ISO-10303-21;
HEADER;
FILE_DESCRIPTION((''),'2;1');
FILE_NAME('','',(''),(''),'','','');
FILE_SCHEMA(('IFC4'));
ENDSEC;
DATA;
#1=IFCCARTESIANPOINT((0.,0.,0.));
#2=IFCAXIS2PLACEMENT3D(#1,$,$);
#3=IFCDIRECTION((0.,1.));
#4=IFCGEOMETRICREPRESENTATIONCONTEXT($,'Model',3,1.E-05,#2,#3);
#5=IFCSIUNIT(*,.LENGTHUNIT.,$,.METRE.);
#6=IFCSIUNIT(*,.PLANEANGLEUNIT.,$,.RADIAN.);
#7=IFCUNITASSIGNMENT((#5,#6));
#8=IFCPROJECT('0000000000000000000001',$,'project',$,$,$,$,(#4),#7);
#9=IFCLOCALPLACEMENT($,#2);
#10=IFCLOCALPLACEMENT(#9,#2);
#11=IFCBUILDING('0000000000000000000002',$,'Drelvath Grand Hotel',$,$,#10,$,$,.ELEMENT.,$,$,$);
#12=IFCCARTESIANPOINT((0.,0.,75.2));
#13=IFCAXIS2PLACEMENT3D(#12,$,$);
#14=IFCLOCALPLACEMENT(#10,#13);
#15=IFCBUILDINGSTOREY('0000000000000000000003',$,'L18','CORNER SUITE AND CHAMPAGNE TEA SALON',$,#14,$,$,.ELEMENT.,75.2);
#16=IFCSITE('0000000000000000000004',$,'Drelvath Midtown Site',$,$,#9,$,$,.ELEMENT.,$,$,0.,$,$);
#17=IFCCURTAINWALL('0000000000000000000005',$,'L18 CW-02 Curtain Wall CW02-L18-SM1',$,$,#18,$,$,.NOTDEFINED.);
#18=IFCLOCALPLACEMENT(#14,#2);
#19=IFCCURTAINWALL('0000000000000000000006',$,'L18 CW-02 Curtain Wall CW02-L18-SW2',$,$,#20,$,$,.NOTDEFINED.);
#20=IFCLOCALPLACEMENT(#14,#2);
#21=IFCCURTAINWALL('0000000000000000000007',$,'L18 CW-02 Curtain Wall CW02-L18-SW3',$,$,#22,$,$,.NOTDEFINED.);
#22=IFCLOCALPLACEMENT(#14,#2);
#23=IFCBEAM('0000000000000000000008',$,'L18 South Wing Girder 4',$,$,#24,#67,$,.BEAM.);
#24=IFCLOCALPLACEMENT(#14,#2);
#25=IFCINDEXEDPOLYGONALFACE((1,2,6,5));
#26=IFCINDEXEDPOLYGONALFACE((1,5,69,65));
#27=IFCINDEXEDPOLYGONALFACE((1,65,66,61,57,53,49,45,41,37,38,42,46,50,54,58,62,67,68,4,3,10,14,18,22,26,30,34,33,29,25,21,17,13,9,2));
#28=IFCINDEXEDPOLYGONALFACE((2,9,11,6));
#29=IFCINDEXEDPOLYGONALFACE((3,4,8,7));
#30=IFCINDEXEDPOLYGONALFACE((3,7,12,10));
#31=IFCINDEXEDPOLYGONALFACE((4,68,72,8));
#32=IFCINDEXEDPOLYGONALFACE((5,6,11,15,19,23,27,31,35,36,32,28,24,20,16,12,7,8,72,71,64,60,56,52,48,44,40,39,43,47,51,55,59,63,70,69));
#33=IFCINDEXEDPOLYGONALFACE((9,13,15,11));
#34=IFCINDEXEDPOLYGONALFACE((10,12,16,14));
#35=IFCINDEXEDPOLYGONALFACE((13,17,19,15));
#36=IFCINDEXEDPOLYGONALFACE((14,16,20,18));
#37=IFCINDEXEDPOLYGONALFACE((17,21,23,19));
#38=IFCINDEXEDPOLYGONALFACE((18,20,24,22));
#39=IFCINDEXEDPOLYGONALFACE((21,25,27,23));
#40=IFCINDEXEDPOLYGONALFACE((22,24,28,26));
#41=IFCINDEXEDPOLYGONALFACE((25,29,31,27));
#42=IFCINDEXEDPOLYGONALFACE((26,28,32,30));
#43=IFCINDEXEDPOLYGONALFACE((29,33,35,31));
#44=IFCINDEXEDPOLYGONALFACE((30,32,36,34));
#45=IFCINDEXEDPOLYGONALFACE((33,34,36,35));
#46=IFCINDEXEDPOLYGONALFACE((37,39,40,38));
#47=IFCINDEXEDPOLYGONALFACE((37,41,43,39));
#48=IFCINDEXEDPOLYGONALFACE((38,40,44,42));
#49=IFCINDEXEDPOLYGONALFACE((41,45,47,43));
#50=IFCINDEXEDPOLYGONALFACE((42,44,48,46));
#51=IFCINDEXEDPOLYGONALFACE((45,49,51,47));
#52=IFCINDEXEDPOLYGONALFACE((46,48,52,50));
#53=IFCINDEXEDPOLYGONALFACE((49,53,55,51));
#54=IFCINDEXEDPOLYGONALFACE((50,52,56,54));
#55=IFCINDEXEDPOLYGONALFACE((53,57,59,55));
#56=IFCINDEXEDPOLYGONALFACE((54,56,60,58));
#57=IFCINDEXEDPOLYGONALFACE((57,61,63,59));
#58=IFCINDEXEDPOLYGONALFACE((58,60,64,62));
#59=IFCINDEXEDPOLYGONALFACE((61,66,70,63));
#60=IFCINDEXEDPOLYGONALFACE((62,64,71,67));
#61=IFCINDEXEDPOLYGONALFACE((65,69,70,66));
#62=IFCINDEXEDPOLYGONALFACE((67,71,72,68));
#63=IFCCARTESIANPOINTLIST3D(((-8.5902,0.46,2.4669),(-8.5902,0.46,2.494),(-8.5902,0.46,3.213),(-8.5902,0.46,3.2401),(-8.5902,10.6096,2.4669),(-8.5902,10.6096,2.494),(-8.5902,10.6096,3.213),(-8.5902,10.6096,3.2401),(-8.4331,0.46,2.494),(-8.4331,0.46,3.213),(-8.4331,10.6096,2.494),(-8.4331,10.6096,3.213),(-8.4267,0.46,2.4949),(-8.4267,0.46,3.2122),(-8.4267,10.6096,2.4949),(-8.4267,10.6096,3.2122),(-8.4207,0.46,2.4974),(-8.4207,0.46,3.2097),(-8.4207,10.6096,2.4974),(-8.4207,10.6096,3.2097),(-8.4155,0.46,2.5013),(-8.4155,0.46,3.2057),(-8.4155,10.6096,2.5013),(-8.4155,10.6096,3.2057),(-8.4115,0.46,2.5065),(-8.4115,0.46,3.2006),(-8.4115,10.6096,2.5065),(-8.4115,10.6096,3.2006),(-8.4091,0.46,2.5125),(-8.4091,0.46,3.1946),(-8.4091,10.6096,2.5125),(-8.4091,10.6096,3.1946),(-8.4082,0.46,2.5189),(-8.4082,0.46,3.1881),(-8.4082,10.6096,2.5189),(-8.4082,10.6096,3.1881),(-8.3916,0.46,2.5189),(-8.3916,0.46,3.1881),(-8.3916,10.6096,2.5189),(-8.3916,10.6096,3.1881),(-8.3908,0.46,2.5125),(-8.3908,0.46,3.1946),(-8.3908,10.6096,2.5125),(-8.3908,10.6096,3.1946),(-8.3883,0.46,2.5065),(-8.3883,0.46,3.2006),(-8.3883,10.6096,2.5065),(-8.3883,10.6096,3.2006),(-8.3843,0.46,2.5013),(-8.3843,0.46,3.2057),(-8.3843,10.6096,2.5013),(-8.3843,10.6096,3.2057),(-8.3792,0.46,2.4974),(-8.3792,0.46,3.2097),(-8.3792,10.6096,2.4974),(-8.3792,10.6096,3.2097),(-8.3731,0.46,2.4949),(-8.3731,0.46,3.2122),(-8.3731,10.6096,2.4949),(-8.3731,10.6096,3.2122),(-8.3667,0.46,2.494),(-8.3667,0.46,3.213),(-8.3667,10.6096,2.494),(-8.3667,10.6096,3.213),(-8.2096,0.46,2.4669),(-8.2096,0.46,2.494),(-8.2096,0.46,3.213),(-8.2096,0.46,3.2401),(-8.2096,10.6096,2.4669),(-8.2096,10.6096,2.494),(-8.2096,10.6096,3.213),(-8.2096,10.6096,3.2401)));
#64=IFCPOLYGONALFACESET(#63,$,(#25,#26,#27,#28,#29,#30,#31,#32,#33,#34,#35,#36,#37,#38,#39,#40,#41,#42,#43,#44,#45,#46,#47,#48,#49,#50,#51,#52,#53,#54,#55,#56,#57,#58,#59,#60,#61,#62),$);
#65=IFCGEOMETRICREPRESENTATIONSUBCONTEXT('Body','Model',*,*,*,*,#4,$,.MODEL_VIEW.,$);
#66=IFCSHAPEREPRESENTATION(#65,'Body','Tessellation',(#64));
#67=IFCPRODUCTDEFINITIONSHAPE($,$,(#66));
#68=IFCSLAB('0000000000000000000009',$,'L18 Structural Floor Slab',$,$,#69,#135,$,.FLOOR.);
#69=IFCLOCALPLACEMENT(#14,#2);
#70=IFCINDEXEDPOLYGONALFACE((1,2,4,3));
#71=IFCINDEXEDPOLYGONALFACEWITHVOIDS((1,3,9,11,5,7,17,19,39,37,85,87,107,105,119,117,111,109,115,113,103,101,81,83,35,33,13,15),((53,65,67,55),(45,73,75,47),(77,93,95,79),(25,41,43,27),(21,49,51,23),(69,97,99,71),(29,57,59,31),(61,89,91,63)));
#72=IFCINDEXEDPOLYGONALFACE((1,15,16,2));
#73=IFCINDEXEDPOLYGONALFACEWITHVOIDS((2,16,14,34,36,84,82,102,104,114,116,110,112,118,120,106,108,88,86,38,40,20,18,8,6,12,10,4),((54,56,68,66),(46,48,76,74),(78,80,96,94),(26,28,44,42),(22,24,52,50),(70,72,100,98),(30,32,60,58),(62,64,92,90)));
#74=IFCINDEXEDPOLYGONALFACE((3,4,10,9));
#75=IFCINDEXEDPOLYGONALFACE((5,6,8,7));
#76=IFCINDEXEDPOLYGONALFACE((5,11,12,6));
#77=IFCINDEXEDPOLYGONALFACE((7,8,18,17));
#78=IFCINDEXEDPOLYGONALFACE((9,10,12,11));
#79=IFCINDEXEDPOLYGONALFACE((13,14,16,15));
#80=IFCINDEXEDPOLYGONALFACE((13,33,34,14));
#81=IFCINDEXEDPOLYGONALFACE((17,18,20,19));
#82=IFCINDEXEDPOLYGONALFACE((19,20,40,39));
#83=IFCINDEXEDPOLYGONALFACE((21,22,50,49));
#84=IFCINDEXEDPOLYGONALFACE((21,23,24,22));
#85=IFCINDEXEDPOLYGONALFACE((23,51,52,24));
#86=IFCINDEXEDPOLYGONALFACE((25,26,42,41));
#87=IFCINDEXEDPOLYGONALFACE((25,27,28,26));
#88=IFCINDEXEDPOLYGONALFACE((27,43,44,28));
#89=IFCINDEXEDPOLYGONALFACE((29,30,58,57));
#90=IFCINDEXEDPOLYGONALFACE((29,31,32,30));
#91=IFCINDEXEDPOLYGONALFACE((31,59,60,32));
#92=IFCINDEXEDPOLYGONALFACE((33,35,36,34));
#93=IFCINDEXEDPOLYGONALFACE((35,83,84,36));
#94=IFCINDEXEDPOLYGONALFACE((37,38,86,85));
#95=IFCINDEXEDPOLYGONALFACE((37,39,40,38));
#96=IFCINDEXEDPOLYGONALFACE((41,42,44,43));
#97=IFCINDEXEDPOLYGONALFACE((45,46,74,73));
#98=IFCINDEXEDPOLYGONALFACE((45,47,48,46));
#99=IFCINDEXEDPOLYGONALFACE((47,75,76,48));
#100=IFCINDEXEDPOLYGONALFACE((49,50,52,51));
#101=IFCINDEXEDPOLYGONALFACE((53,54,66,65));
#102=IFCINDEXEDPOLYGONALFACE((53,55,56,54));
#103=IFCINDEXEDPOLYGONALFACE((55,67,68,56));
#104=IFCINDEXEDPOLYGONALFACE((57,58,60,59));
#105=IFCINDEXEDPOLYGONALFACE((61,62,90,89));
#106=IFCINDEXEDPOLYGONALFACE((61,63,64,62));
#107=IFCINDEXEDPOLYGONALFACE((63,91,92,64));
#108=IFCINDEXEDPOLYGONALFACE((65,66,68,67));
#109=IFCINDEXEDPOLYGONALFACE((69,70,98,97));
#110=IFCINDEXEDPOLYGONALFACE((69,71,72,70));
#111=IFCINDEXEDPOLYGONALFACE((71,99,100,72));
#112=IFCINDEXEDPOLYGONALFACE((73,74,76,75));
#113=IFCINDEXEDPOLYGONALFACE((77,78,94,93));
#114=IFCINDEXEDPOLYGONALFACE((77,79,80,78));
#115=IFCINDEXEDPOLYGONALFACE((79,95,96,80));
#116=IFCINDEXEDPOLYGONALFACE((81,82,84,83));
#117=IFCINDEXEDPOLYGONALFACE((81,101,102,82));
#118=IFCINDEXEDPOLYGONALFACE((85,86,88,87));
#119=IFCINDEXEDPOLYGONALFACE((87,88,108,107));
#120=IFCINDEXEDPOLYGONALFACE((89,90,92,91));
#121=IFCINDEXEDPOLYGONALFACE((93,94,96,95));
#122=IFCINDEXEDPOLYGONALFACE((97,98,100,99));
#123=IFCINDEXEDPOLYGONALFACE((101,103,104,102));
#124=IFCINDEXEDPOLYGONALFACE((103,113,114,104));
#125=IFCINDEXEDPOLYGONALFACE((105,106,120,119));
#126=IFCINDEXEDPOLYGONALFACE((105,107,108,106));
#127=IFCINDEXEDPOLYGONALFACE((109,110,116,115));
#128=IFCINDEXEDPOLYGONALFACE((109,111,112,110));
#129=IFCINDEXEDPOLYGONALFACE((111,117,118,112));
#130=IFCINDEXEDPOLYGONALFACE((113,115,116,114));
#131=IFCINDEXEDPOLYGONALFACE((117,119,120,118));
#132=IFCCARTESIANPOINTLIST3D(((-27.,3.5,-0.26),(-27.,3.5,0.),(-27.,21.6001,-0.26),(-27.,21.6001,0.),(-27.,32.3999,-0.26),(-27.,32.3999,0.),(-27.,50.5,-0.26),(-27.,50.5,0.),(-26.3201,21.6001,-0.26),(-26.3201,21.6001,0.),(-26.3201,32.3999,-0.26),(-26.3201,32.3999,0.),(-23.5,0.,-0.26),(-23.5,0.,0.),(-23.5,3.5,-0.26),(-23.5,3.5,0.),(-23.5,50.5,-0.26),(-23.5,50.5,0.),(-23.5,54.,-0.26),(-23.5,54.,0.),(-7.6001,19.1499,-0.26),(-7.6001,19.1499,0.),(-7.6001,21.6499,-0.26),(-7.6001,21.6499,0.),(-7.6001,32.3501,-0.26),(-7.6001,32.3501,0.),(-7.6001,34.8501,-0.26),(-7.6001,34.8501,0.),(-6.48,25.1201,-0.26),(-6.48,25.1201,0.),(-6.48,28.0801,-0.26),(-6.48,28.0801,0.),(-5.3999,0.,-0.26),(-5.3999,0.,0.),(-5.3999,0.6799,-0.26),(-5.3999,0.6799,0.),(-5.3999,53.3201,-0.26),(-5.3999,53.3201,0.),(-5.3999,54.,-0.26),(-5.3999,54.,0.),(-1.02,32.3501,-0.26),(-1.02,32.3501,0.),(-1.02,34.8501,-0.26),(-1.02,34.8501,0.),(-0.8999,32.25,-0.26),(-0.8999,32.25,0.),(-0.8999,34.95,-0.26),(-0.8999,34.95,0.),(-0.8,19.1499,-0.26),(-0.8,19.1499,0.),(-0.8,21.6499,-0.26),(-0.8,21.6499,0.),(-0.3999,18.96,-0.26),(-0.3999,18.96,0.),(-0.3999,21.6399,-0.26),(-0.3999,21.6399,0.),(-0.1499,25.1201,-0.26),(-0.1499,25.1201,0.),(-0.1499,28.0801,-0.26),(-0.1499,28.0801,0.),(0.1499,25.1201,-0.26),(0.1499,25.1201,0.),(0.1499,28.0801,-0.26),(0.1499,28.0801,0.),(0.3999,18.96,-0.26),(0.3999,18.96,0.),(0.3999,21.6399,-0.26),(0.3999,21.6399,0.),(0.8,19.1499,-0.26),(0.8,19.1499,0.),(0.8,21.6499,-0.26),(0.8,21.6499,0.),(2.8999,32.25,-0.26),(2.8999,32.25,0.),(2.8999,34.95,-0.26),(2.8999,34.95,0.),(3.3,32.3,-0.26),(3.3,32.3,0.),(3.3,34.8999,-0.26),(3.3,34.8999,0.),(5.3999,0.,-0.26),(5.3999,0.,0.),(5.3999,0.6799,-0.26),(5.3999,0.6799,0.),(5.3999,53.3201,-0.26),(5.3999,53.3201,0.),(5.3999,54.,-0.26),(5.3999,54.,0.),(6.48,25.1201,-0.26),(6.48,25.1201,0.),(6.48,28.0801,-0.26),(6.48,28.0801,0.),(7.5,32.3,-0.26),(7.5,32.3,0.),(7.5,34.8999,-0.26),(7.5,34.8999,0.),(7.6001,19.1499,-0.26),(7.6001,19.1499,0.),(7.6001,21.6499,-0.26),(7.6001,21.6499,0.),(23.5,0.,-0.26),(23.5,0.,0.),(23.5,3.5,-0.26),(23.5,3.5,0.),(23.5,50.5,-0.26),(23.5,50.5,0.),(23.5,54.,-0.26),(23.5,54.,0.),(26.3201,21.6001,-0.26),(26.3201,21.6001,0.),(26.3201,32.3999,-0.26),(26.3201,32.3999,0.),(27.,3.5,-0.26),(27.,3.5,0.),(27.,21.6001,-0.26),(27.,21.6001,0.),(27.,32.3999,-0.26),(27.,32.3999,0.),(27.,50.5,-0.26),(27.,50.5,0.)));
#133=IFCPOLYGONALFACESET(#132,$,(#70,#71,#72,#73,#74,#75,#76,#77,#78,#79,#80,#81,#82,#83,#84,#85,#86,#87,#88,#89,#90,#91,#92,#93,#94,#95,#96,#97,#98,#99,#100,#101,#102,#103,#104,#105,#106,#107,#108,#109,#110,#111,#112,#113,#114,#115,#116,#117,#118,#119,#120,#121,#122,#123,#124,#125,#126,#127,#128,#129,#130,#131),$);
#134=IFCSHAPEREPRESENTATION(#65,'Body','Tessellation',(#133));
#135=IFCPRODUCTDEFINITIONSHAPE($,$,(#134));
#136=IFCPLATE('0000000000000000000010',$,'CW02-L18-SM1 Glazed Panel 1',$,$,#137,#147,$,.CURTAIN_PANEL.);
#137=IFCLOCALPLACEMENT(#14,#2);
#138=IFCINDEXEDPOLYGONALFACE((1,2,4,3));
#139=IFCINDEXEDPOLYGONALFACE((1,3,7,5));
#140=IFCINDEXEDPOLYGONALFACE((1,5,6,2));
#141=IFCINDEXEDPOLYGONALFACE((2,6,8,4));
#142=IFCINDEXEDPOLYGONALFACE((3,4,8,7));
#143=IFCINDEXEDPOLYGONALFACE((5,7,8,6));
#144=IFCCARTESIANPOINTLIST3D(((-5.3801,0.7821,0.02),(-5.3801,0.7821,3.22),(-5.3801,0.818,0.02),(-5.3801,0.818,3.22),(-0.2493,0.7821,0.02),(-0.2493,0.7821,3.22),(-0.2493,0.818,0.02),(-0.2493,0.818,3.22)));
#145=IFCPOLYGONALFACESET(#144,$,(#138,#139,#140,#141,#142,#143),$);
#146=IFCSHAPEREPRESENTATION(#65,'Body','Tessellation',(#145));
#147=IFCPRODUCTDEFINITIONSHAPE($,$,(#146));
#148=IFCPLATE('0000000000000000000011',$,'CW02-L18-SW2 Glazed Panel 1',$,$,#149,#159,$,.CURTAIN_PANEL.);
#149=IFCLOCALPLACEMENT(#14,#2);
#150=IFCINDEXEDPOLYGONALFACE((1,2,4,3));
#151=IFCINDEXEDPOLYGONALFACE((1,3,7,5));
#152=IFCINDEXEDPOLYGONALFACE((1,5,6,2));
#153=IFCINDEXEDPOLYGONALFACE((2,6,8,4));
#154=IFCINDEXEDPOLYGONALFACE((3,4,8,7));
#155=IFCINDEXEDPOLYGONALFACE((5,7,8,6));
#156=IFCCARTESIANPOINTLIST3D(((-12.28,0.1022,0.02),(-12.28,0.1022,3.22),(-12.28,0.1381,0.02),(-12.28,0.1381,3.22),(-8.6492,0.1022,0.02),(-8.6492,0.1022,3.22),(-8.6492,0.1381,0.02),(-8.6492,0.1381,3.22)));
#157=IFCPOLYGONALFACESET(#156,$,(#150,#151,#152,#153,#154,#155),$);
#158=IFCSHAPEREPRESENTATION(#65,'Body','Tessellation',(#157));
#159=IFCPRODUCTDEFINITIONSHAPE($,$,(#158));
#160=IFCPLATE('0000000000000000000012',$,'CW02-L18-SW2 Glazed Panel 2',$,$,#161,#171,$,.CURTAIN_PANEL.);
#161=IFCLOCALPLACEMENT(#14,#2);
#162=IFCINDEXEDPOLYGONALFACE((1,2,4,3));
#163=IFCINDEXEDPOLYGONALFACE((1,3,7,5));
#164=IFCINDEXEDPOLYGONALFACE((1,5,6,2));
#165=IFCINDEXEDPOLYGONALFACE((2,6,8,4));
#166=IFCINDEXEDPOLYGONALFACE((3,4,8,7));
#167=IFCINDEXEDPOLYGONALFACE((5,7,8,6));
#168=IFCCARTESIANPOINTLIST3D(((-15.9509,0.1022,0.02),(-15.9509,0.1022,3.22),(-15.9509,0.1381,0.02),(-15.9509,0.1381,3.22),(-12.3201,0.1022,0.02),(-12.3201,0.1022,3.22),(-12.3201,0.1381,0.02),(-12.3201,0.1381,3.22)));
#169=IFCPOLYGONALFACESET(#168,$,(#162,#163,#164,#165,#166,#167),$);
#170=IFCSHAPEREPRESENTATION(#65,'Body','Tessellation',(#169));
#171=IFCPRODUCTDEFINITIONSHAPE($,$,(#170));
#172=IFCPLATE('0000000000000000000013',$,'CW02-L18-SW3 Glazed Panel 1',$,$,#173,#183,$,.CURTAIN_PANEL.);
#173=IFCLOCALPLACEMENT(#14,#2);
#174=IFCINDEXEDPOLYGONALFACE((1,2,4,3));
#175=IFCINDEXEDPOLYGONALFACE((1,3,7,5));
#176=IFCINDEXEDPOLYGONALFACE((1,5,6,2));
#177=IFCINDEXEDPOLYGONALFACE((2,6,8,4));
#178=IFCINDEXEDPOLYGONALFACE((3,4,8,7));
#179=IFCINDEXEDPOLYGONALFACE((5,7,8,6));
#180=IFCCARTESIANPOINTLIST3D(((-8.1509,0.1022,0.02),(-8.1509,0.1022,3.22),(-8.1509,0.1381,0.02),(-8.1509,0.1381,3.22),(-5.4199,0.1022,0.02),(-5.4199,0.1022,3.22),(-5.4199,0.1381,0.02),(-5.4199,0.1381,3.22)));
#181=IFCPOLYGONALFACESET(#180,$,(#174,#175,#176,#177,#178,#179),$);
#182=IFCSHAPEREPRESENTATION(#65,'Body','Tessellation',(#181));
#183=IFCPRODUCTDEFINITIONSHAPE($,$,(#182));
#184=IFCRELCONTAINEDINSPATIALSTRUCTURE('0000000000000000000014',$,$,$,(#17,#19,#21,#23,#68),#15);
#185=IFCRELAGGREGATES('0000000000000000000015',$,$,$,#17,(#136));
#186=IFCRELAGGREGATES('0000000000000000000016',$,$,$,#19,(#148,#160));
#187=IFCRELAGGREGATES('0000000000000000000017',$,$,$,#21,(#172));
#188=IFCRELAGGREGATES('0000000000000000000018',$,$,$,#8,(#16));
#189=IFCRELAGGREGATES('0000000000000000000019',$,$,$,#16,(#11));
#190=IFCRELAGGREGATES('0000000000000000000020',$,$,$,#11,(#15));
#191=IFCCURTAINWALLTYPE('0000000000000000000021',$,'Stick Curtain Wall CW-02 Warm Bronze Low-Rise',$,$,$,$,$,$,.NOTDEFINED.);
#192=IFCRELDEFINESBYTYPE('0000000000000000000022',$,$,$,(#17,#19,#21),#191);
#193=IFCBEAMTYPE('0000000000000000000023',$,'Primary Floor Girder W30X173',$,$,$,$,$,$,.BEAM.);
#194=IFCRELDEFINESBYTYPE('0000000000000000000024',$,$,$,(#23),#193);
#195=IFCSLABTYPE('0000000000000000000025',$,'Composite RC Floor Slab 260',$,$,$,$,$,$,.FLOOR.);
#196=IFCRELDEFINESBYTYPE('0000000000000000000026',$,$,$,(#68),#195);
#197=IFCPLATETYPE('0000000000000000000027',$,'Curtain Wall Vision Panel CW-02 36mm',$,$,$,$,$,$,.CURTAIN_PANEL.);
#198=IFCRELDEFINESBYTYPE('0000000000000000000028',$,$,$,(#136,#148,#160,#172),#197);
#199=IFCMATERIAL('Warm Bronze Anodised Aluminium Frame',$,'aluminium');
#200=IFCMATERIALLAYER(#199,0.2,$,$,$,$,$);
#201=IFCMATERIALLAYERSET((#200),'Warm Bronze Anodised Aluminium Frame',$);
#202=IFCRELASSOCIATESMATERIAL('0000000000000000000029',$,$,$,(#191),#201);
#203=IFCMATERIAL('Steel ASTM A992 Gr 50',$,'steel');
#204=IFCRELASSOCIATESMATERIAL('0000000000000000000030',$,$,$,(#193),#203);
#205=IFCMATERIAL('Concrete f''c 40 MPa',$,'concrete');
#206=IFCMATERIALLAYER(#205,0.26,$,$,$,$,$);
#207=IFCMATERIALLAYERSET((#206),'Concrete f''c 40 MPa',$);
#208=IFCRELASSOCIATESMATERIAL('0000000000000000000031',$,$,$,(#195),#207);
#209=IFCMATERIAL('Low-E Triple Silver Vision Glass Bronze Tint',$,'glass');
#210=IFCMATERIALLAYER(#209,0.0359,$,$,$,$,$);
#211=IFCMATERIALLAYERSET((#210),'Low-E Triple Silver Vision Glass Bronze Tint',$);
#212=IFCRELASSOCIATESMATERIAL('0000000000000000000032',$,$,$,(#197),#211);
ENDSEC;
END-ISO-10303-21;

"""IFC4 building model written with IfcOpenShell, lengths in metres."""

from ifc_helpers import new_model, si_unit, direction, frame, origin, origin_2d, place, context, subcontext, project, spatial, polyline, rectangle, i_section, outline, extrude, material, layer, layer_set, material_profile, profile_set, type_object, element, aggregate, save


model = new_model("IFC4")

# Units and contexts
model_context = context("Model", 3, precision=1e-05, world=origin(), true_north=direction((0.0, 1.0)))
body_context = subcontext(model_context, "Body", "Model", "MODEL_VIEW")
ifc_project = project(units=[si_unit("LENGTHUNIT", "METRE"), si_unit("PLANEANGLEUNIT", "RADIAN")], contexts=[model_context])

# Site, building, storey
site_placement = place(None, origin())
site = spatial("IfcSite", under=ifc_project, at=site_placement, Name="Drelvath Midtown Site", CompositionType="ELEMENT", RefElevation=0.0)
building_placement = place(site_placement, origin())
building = spatial("IfcBuilding", under=site, at=building_placement, Name="Drelvath Grand Hotel", CompositionType="ELEMENT")
storey_placement = place(building_placement, frame((0.0, 0.0, 75.2)))
storey = spatial("IfcBuildingStorey", under=building, at=storey_placement, Name="L18", Description="CORNER SUITE AND CHAMPAGNE TEA SALON", CompositionType="ELEMENT", Elevation=75.2)

# Shared definitions
ifc_material_1 = material(Name="Steel ASTM A992 Gr 50", Category="steel")

# Curtain walls
ifc_material_2 = material(Name="Warm Bronze Anodised Aluminium Frame", Category="aluminium")
ifc_layer_1 = layer(ifc_material_2, 0.2)
ifc_layer_set_1 = layer_set([ifc_layer_1], Name="Warm Bronze Anodised Aluminium Frame")
curtain_wall_type = type_object("IfcCurtainWallType", Name="Stick Curtain Wall CW-02 Warm Bronze Low-Rise", PredefinedType="NOTDEFINED", material=ifc_layer_set_1)
curtain_wall_1_placement = place(storey_placement, origin())
curtain_wall_1 = element("IfcCurtainWall", 1, at=curtain_wall_1_placement, inside=storey, type_object=curtain_wall_type, Name="L18 CW-02 Curtain Wall CW02-L18-SM1", PredefinedType="NOTDEFINED")
curtain_wall_2_placement = place(storey_placement, origin())
curtain_wall_2 = element("IfcCurtainWall", 2, at=curtain_wall_2_placement, inside=storey, type_object=curtain_wall_type, Name="L18 CW-02 Curtain Wall CW02-L18-SW2", PredefinedType="NOTDEFINED")
curtain_wall_3_placement = place(storey_placement, origin())
curtain_wall_3 = element("IfcCurtainWall", 3, at=curtain_wall_3_placement, inside=storey, type_object=curtain_wall_type, Name="L18 CW-02 Curtain Wall CW02-L18-SW3", PredefinedType="NOTDEFINED")

# Beam
ifc_material_profile_1 = material_profile(ifc_material_1, i_section(OverallWidth=0.3806, OverallDepth=0.7732, WebThickness=0.0166, FlangeThickness=0.0271, FilletRadius=0.0249, at=origin_2d()), Name="W30X173")
ifc_profile_set_1 = profile_set([ifc_material_profile_1], Name="Steel ASTM A992 Gr 50")
beam_type_1 = type_object("IfcBeamType", Name="Primary Floor Girder W30X173", PredefinedType="BEAM", material=ifc_profile_set_1)
beam_1_placement = place(storey_placement, frame((-8.3999, 0.46, 2.8535), z_axis=(0.0, 1.0, 0.0), x_axis=(-1.0, 0.0, 0.0)))
element("IfcBeam", 4, at=beam_1_placement, inside=storey, type_object=beam_type_1, Name="L18 South Wing Girder 4", PredefinedType="BEAM", context=body_context, shape_type="SweptSolid", body=[
    extrude(i_section(OverallWidth=0.3806, OverallDepth=0.7732, WebThickness=0.0166, FlangeThickness=0.0271, FilletRadius=0.0249, at=origin_2d()), origin(), (0.0, 0.0, 1.0), 10.1497),
])

# Slab
ifc_material_3 = material(Name="Concrete f'c 40 MPa", Category="concrete")
ifc_layer_2 = layer(ifc_material_3, 0.26)
ifc_layer_set_2 = layer_set([ifc_layer_2], Name="Concrete f'c 40 MPa")
slab_type = type_object("IfcSlabType", Name="Composite RC Floor Slab 260", PredefinedType="FLOOR", material=ifc_layer_set_2)
slab_placement = place(storey_placement, frame((0.0, 0.0, -0.26)))
element("IfcSlab", 5, at=slab_placement, inside=storey, type_object=slab_type, Name="L18 Structural Floor Slab", PredefinedType="FLOOR", context=body_context, shape_type="SweptSolid", body=[
    extrude(outline(polyline([(-23.5, 0.0), (-5.3999, 0.0), (-5.3999, 0.6799), (5.3999, 0.6799), (5.3999, 0.0), (23.5, 0.0), (23.5, 3.5), (27.0, 3.5), (27.0, 21.6001), (26.3201, 21.6001), (26.3201, 32.3999), (27.0, 32.3999), (27.0, 50.5), (23.5, 50.5), (23.5, 54.0), (5.3999, 54.0), (5.3999, 53.3201), (-5.3999, 53.3201), (-5.3999, 54.0), (-23.5, 54.0), (-23.5, 50.5), (-27.0, 50.5), (-27.0, 32.3999), (-26.3201, 32.3999), (-26.3201, 21.6001), (-27.0, 21.6001), (-27.0, 3.5), (-23.5, 3.5), (-23.5, 0.0)]), holes=[polyline([(-6.48, 25.1201), (-6.48, 28.0801), (-0.1499, 28.0801), (-0.1499, 25.1201), (-6.48, 25.1201)]), polyline([(0.1499, 25.1201), (0.1499, 28.0801), (6.48, 28.0801), (6.48, 25.1201), (0.1499, 25.1201)]), polyline([(-7.6001, 19.1499), (-7.6001, 21.6499), (-0.8, 21.6499), (-0.8, 19.1499), (-7.6001, 19.1499)]), polyline([(-0.3999, 18.96), (-0.3999, 21.6399), (0.3999, 21.6399), (0.3999, 18.96), (-0.3999, 18.96)]), polyline([(0.8, 19.1499), (0.8, 21.6499), (7.6001, 21.6499), (7.6001, 19.1499), (0.8, 19.1499)]), polyline([(-7.6001, 32.3501), (-7.6001, 34.8501), (-1.02, 34.8501), (-1.02, 32.3501), (-7.6001, 32.3501)]), polyline([(-0.8999, 32.25), (-0.8999, 34.95), (2.8999, 34.95), (2.8999, 32.25), (-0.8999, 32.25)]), polyline([(3.3, 32.3), (3.3, 34.8999), (7.5, 34.8999), (7.5, 32.3), (3.3, 32.3)])]), origin(), (0.0, 0.0, 1.0), 0.26),
])

# Plates
ifc_material_4 = material(Name="Low-E Triple Silver Vision Glass Bronze Tint", Category="glass")
ifc_layer_3 = layer(ifc_material_4, 0.0359)
ifc_layer_set_3 = layer_set([ifc_layer_3], Name="Low-E Triple Silver Vision Glass Bronze Tint")
plate_type = type_object("IfcPlateType", Name="Curtain Wall Vision Panel CW-02 36mm", PredefinedType="CURTAIN_PANEL", material=ifc_layer_set_3)
plate_1_placement = place(storey_placement, frame((-2.8147, 0.8, 0.02), z_axis=(0.0, 0.0, 1.0), x_axis=(-1.0, 0.0, 0.0)))
plate_1 = element("IfcPlate", 6, at=plate_1_placement, type_object=plate_type, Name="CW02-L18-SM1 Glazed Panel 1", PredefinedType="CURTAIN_PANEL", context=body_context, shape_type="SweptSolid", body=[
    extrude(rectangle(XDim=5.1309, YDim=0.0359, at=origin_2d()), origin(), (0.0, 0.0, 1.0), 3.2),
])
aggregate(curtain_wall_1, [plate_1])
plate_2_placement = place(storey_placement, frame((-10.4646, 0.1201, 0.02), z_axis=(0.0, 0.0, 1.0), x_axis=(-1.0, 0.0, 0.0)))
plate_2 = element("IfcPlate", 7, at=plate_2_placement, type_object=plate_type, Name="CW02-L18-SW2 Glazed Panel 1", PredefinedType="CURTAIN_PANEL", context=body_context, shape_type="SweptSolid", body=[
    extrude(rectangle(XDim=3.6309, YDim=0.0359, at=origin_2d()), origin(), (0.0, 0.0, 1.0), 3.2),
])
plate_3_placement = place(storey_placement, frame((-14.1355, 0.1201, 0.02), z_axis=(0.0, 0.0, 1.0), x_axis=(-1.0, 0.0, 0.0)))
plate_3 = element("IfcPlate", 8, at=plate_3_placement, type_object=plate_type, Name="CW02-L18-SW2 Glazed Panel 2", PredefinedType="CURTAIN_PANEL", context=body_context, shape_type="SweptSolid", body=[
    extrude(rectangle(XDim=3.6309, YDim=0.0359, at=origin_2d()), origin(), (0.0, 0.0, 1.0), 3.2),
])
aggregate(curtain_wall_2, [plate_2, plate_3])
plate_4_placement = place(storey_placement, frame((-6.7854, 0.1201, 0.02), z_axis=(0.0, 0.0, 1.0), x_axis=(-1.0, 0.0, 0.0)))
plate_4 = element("IfcPlate", 9, at=plate_4_placement, type_object=plate_type, Name="CW02-L18-SW3 Glazed Panel 1", PredefinedType="CURTAIN_PANEL", context=body_context, shape_type="SweptSolid", body=[
    extrude(rectangle(XDim=2.731, YDim=0.0359, at=origin_2d()), origin(), (0.0, 0.0, 1.0), 3.2),
])
aggregate(curtain_wall_3, [plate_4])

save(model, "model.ifc")
